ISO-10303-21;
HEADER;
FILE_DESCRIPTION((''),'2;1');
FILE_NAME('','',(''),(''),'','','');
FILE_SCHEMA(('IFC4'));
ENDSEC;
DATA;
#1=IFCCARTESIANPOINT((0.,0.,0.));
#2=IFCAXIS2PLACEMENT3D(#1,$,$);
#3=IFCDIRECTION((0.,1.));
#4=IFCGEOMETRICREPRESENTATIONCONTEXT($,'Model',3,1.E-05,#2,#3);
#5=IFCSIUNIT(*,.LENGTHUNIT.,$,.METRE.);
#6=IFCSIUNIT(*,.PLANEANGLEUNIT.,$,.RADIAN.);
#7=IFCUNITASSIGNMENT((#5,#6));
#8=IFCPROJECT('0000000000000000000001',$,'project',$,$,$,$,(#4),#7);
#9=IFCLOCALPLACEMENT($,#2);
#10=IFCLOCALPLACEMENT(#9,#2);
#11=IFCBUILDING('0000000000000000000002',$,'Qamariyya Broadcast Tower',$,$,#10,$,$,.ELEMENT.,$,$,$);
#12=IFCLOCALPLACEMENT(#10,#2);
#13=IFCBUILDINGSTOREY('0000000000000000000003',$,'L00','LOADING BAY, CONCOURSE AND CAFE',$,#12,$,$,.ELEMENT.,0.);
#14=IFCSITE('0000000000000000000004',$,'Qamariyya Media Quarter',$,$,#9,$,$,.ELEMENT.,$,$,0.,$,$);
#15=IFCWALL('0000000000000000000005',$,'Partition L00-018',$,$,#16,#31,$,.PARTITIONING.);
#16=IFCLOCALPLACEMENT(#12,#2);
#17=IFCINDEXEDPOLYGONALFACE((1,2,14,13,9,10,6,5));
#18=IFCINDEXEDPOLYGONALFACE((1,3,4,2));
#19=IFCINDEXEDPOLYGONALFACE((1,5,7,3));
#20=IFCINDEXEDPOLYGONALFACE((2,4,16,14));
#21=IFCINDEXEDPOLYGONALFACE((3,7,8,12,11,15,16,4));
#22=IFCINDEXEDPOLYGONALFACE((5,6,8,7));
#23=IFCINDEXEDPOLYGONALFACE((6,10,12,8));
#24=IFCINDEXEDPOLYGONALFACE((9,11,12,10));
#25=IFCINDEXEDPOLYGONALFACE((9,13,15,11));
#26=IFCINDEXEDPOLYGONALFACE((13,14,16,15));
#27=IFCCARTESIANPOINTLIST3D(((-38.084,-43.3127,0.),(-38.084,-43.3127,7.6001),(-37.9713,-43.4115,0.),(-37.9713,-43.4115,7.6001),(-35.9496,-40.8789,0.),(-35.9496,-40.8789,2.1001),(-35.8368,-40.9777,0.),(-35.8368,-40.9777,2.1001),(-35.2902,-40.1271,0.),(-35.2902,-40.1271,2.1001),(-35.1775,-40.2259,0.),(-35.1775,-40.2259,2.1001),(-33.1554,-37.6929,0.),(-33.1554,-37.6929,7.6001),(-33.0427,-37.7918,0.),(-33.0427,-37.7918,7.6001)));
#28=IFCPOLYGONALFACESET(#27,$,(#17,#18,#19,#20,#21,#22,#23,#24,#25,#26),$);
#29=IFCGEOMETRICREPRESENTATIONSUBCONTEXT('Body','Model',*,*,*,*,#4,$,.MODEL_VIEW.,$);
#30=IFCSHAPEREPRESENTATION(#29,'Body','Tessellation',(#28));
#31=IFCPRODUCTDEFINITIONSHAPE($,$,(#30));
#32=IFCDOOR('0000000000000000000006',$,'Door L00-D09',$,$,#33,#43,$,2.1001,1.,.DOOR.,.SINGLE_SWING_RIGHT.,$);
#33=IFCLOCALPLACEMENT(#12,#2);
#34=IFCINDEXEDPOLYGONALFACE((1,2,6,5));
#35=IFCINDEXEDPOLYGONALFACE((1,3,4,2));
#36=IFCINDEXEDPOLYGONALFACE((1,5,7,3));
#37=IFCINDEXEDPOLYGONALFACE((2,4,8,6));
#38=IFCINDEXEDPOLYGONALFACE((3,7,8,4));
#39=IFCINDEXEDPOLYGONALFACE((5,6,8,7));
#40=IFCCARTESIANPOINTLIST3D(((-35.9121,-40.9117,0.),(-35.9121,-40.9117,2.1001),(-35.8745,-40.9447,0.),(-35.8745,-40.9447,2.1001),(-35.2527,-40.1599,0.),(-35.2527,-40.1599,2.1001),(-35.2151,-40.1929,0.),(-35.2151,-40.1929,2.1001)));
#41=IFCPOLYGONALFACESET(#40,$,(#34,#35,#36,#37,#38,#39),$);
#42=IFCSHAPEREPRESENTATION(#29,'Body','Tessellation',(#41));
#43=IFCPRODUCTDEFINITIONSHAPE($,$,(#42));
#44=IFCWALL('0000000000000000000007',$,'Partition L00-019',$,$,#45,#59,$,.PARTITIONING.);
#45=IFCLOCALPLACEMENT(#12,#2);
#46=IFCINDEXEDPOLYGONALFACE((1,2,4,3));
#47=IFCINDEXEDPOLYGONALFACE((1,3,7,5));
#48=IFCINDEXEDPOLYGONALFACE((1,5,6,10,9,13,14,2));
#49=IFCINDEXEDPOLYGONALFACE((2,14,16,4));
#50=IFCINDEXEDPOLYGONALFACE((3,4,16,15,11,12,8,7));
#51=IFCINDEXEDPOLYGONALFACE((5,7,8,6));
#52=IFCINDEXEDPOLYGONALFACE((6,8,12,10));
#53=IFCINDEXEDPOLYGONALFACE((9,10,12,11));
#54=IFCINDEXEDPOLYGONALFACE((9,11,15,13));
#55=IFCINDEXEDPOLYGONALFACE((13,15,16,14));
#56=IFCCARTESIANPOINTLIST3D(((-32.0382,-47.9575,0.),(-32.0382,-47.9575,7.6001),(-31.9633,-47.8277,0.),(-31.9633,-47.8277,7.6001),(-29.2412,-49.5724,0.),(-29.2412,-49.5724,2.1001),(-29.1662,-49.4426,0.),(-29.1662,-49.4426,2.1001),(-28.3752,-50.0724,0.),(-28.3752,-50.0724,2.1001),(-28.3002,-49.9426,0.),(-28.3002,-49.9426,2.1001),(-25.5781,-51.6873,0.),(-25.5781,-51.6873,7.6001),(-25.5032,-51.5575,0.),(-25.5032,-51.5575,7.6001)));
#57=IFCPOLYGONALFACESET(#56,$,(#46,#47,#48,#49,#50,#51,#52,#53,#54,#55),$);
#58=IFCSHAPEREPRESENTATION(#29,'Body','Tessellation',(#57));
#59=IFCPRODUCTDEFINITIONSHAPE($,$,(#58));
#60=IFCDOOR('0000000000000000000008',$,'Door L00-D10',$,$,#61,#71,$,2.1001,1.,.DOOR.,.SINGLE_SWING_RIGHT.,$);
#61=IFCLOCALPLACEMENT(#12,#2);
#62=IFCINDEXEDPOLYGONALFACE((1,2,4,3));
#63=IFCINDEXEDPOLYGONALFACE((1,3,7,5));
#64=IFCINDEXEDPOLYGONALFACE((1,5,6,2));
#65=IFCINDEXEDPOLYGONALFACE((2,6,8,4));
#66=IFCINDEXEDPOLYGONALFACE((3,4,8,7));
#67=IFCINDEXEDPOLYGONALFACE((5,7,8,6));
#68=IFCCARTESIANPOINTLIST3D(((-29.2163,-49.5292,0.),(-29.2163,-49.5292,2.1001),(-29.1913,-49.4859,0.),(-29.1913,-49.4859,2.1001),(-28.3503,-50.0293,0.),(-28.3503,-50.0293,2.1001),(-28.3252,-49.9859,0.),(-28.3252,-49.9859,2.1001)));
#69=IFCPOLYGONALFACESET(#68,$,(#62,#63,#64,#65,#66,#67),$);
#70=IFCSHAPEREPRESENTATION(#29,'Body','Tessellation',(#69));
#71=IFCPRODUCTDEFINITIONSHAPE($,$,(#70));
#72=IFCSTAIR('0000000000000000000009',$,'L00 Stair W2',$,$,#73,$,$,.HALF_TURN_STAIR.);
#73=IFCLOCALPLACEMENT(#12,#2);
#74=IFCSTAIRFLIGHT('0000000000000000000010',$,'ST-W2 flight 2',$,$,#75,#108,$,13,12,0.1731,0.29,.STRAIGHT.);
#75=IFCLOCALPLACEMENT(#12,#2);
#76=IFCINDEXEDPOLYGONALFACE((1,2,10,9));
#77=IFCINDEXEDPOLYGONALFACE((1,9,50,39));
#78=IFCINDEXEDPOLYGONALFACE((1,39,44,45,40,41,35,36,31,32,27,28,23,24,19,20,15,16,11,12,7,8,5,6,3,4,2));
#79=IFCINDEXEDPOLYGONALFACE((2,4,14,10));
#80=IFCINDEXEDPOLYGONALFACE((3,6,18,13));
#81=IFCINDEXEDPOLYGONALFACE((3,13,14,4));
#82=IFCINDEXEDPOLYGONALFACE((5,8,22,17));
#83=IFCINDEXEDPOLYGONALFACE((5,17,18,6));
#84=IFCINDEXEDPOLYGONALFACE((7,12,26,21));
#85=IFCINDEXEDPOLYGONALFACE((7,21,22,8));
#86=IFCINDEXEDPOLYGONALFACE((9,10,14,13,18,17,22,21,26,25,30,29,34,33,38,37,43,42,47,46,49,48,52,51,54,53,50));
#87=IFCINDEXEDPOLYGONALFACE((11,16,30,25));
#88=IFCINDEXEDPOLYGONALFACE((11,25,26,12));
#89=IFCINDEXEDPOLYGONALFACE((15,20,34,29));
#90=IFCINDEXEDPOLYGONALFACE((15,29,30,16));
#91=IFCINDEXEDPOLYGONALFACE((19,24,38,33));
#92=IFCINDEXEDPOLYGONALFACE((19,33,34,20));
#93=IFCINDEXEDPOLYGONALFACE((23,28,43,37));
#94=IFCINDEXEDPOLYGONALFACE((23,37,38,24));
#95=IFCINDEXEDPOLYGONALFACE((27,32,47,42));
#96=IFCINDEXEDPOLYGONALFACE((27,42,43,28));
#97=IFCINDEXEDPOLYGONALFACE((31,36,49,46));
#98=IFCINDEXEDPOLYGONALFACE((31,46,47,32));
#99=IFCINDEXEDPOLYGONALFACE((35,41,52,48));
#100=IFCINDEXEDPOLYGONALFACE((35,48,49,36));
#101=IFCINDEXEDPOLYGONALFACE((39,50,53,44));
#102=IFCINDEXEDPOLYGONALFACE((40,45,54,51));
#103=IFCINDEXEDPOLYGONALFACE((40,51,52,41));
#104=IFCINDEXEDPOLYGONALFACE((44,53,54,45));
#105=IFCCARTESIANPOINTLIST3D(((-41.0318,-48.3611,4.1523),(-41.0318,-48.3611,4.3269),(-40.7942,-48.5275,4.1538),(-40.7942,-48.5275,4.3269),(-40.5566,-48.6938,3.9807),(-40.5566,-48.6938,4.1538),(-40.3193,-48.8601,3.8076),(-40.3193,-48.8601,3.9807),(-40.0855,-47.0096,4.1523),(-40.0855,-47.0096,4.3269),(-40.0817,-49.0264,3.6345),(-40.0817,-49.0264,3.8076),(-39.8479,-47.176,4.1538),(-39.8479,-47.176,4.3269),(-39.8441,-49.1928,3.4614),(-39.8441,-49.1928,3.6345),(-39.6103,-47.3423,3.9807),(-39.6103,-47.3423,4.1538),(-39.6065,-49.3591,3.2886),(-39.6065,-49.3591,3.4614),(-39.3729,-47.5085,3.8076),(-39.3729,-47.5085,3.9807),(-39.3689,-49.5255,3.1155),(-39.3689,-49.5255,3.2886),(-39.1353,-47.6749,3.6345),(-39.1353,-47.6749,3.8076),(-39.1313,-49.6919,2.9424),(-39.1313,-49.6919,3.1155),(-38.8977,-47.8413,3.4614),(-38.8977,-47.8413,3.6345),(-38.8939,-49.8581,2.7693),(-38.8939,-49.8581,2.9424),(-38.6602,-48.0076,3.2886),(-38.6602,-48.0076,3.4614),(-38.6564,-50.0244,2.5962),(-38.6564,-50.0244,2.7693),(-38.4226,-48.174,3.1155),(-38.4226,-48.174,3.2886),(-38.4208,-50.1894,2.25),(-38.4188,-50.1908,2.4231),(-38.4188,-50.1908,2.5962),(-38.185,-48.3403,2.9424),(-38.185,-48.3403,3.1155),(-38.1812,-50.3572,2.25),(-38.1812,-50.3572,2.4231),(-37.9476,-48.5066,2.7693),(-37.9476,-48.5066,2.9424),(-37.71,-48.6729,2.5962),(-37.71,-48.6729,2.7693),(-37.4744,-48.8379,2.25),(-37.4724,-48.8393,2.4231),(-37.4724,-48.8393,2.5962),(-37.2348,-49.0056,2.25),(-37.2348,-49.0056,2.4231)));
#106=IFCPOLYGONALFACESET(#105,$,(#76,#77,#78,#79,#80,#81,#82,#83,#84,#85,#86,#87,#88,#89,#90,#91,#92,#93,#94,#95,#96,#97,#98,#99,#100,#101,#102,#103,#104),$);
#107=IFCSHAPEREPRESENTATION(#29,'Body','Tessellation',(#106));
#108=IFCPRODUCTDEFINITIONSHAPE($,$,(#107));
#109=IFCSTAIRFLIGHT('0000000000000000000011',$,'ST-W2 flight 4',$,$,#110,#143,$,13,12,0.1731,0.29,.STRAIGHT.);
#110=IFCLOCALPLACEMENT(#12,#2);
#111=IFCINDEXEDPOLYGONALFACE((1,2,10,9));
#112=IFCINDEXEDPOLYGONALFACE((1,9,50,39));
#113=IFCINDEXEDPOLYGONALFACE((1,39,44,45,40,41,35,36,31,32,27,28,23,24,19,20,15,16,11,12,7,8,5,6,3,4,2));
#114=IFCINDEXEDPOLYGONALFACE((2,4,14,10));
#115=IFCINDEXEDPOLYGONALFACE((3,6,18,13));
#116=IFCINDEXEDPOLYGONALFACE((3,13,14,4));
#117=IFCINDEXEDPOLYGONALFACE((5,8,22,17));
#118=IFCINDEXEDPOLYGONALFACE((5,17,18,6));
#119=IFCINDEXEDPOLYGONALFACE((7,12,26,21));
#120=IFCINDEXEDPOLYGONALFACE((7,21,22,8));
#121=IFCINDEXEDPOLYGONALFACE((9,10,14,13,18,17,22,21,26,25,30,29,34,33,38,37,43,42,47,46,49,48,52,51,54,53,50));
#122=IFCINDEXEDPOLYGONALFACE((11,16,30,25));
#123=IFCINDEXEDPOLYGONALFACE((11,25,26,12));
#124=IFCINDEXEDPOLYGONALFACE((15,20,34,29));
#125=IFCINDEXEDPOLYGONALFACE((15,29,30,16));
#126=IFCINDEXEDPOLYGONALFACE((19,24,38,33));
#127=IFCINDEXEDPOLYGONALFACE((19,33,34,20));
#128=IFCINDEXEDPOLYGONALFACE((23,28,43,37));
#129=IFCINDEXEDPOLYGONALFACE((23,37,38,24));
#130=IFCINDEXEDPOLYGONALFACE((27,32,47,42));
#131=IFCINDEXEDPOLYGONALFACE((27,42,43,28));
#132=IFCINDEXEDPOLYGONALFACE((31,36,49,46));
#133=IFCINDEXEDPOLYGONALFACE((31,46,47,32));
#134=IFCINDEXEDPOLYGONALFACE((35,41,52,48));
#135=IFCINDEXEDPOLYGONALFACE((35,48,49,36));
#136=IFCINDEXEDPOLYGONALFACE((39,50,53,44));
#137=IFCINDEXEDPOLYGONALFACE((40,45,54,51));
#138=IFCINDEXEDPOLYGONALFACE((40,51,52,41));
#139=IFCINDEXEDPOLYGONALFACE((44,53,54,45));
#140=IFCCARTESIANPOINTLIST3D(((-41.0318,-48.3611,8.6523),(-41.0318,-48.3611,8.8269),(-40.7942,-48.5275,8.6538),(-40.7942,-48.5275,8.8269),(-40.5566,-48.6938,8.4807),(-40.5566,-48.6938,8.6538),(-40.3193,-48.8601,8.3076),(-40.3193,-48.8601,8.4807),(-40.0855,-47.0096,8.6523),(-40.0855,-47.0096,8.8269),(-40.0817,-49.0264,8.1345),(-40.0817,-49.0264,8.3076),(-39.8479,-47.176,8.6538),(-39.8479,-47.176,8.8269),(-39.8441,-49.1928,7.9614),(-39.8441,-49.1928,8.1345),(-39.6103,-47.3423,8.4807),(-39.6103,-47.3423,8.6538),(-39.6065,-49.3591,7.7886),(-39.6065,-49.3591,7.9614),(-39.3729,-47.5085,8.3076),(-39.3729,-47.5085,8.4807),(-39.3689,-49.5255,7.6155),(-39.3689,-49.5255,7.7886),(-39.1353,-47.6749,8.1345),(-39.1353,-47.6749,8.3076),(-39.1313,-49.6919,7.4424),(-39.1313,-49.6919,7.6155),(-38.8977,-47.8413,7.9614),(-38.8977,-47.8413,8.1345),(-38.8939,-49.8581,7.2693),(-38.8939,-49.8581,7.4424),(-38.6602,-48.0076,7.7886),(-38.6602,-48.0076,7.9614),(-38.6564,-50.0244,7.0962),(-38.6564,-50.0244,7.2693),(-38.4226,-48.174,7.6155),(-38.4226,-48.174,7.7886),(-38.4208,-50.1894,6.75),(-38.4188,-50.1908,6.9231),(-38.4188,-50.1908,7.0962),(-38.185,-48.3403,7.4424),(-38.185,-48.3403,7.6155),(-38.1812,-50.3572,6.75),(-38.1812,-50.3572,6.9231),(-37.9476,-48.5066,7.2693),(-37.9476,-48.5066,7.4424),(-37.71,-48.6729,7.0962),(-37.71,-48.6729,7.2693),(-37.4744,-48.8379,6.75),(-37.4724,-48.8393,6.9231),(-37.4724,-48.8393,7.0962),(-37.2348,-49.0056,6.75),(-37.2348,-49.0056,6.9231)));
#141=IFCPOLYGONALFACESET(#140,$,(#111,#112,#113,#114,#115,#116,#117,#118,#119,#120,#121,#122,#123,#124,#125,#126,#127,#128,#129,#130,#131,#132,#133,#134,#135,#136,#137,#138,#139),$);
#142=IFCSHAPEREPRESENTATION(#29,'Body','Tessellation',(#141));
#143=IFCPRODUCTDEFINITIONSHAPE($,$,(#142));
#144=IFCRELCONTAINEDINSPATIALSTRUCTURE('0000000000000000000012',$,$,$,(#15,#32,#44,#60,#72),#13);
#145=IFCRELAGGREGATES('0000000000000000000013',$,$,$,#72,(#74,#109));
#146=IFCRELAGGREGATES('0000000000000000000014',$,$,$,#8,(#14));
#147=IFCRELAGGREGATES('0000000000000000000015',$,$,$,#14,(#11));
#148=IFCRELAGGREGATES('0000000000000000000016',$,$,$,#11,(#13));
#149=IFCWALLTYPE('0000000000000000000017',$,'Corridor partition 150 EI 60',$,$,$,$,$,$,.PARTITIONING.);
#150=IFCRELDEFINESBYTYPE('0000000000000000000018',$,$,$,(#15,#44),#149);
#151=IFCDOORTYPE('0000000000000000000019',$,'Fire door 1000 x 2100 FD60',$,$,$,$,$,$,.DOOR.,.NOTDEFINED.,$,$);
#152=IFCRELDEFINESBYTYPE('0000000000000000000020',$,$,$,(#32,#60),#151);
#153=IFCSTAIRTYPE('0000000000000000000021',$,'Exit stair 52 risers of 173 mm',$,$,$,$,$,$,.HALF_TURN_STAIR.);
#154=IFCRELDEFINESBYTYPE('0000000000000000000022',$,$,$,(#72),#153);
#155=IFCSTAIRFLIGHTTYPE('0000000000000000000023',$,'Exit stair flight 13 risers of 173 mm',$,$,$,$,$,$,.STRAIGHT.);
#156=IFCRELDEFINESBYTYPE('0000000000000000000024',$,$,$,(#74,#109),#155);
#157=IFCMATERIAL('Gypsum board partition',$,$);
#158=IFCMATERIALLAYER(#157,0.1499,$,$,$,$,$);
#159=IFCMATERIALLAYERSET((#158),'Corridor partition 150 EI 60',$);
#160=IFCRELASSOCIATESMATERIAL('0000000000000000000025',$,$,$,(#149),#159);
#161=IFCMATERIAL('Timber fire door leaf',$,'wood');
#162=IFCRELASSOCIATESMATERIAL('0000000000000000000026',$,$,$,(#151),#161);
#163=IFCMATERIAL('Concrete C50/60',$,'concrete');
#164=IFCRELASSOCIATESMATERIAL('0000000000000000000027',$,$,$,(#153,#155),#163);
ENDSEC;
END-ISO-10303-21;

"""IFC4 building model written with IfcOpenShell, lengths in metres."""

from ifc_helpers import new_model, si_unit, direction, frame, frame_2d, origin, place, context, subcontext, project, spatial, polyline, rectangle, outline, extrude, material, layer, layer_set, type_object, element, fill, aggregate, save


model = new_model("IFC4")

# Units and contexts
model_context = context("Model", 3, precision=1e-05, world=origin(), true_north=direction((0.0, 1.0)))
body_context = subcontext(model_context, "Body", "Model", "MODEL_VIEW")
ifc_project = project(units=[si_unit("LENGTHUNIT", "METRE"), si_unit("PLANEANGLEUNIT", "RADIAN")], contexts=[model_context])

# Site, building, storey
site_placement = place(None, origin())
site = spatial("IfcSite", under=ifc_project, at=site_placement, Name="Qamariyya Media Quarter", CompositionType="ELEMENT", RefElevation=0.0)
building_placement = place(site_placement, origin())
building = spatial("IfcBuilding", under=site, at=building_placement, Name="Qamariyya Broadcast Tower", CompositionType="ELEMENT")
storey_placement = place(building_placement, origin())
storey = spatial("IfcBuildingStorey", under=building, at=storey_placement, Name="L00", Description="LOADING BAY, CONCOURSE AND CAFE", CompositionType="ELEMENT", Elevation=0.0)

# Shared definitions
ifc_material_1 = material(Name="Gypsum board partition")
ifc_layer = layer(ifc_material_1, 0.1499)
ifc_layer_set = layer_set([ifc_layer], Name="Corridor partition 150 EI 60")
wall_type = type_object("IfcWallType", Name="Corridor partition 150 EI 60", PredefinedType="PARTITIONING", material=ifc_layer_set)

# Walls, openings, doors
wall_1_placement = place(storey_placement, frame((-33.0991, -37.7424, 0.0), z_axis=(0.0, 0.0, 1.0), x_axis=(-0.659362, -0.751826, 0.0)))
wall_1 = element("IfcWall", 1, at=wall_1_placement, inside=storey, type_object=wall_type, Name="Partition L00-018", PredefinedType="PARTITIONING", context=body_context, shape_type="SweptSolid", body=[
    extrude(rectangle(XDim=7.4749, YDim=0.1499, at=frame_2d((3.7373, 0.0))), origin(), (0.0, 0.0, 1.0), 7.6001),
])
opening_1_placement = place(wall_1_placement, frame((3.2375, 0.0, 0.0)))
opening_1 = element("IfcOpeningElement", 2, at=opening_1_placement, cuts=wall_1, PredefinedType="OPENING", context=body_context, shape_type="SweptSolid", body=[
    extrude(rectangle(XDim=1.0, YDim=2.1001, at=frame_2d((0.5, 1.05))), frame((0.0, 0.085, 0.0), z_axis=(0.0, -1.0, 0.0), x_axis=(1.0, 0.0, 0.0)), (0.0, 0.0, 1.0), 0.1699),
])
ifc_material_2 = material(Name="Timber fire door leaf", Category="wood")
door_type = type_object("IfcDoorType", Name="Fire door 1000 x 2100 FD60", OperationType="NOTDEFINED", PredefinedType="DOOR", material=ifc_material_2)
door_1_placement = place(opening_1_placement, origin())
door_1 = element("IfcDoor", 3, at=door_1_placement, inside=storey, type_object=door_type, Name="Door L00-D09", OperationType="SINGLE_SWING_RIGHT", OverallHeight=2.1001, OverallWidth=1.0, PredefinedType="DOOR", context=body_context, shape_type="SweptSolid", body=[
    extrude(rectangle(XDim=1.0, YDim=2.1001, at=frame_2d((0.5, 1.05))), frame((0.0, 0.0249, 0.0), z_axis=(0.0, -1.0, 0.0), x_axis=(1.0, 0.0, 0.0)), (0.0, 0.0, 1.0), 0.05),
])
fill(opening_1, door_1)
wall_2_placement = place(storey_placement, frame((-32.0007, -47.8926, 0.0), z_axis=(0.0, 0.0, 1.0), x_axis=(0.866021, -0.500008, 0.0)))
wall_2 = element("IfcWall", 4, at=wall_2_placement, inside=storey, type_object=wall_type, Name="Partition L00-019", PredefinedType="PARTITIONING", context=body_context, shape_type="SweptSolid", body=[
    extrude(rectangle(XDim=7.4595, YDim=0.1499, at=frame_2d((3.7297, 0.0))), origin(), (0.0, 0.0, 1.0), 7.6001),
])
opening_2_placement = place(wall_2_placement, frame((3.2297, 0.0, 0.0)))
opening_2 = element("IfcOpeningElement", 5, at=opening_2_placement, cuts=wall_2, PredefinedType="OPENING", context=body_context, shape_type="SweptSolid", body=[
    extrude(rectangle(XDim=1.0, YDim=2.1001, at=frame_2d((0.5, 1.05))), frame((0.0, 0.085, 0.0), z_axis=(0.0, -1.0, 0.0), x_axis=(1.0, 0.0, 0.0)), (0.0, 0.0, 1.0), 0.1699),
])
door_2_placement = place(opening_2_placement, origin())
door_2 = element("IfcDoor", 6, at=door_2_placement, inside=storey, type_object=door_type, Name="Door L00-D10", OperationType="SINGLE_SWING_RIGHT", OverallHeight=2.1001, OverallWidth=1.0, PredefinedType="DOOR", context=body_context, shape_type="SweptSolid", body=[
    extrude(rectangle(XDim=1.0, YDim=2.1001, at=frame_2d((0.5, 1.05))), frame((0.0, 0.0249, 0.0), z_axis=(0.0, -1.0, 0.0), x_axis=(1.0, 0.0, 0.0)), (0.0, 0.0, 1.0), 0.05),
])
fill(opening_2, door_2)

# Stair, stair flights
ifc_material_3 = material(Name="Concrete C50/60", Category="concrete")
stair_type = type_object("IfcStairType", Name="Exit stair 52 risers of 173 mm", PredefinedType="HALF_TURN_STAIR", material=ifc_material_3)
stair_placement = place(storey_placement, origin())
stair = element("IfcStair", 7, at=stair_placement, inside=storey, type_object=stair_type, Name="L00 Stair W2", PredefinedType="HALF_TURN_STAIR")
stair_flight_type = type_object("IfcStairFlightType", Name="Exit stair flight 13 risers of 173 mm", PredefinedType="STRAIGHT", material=ifc_material_3)
stair_flight_1_placement = place(storey_placement, frame((-37.708, -49.6814, 2.25), z_axis=(0.0, 0.0, 1.0), x_axis=(-0.819152, 0.573576, 0.0)))
stair_flight_1 = element("IfcStairFlight", 8, at=stair_flight_1_placement, type_object=stair_flight_type, Name="ST-W2 flight 2", NumberOfRisers=13, NumberOfTreads=12, PredefinedType="STRAIGHT", RiserHeight=0.1731, TreadLength=0.29, context=body_context, shape_type="SweptSolid", body=[
    extrude(outline(polyline([(0.0, 0.0), (0.0, 0.1731), (0.29, 0.1731), (0.29, 0.3462), (0.5801, 0.3462), (0.5801, 0.5193), (0.8701, 0.5193), (0.8701, 0.6924), (1.1599, 0.6924), (1.1599, 0.8655), (1.45, 0.8655), (1.45, 1.0386), (1.74, 1.0386), (1.74, 1.2114), (2.03, 1.2114), (2.03, 1.3845), (2.3201, 1.3845), (2.3201, 1.5576), (2.6101, 1.5576), (2.6101, 1.7307), (2.8999, 1.7307), (2.8999, 1.9038), (3.1899, 1.9038), (3.1899, 2.0769), (3.48, 2.0769), (3.48, 2.25), (3.48, 1.9023), (0.2925, 0.0), (0.0, 0.0)])), frame((0.0, 0.825, 0.0), z_axis=(0.0, -1.0, 0.0), x_axis=(1.0, 0.0, 0.0)), (0.0, 0.0, 1.0), 1.6499),
])
stair_flight_2_placement = place(storey_placement, frame((-37.708, -49.6814, 6.75), z_axis=(0.0, 0.0, 1.0), x_axis=(-0.819152, 0.573576, 0.0)))
stair_flight_2 = element("IfcStairFlight", 9, at=stair_flight_2_placement, type_object=stair_flight_type, Name="ST-W2 flight 4", NumberOfRisers=13, NumberOfTreads=12, PredefinedType="STRAIGHT", RiserHeight=0.1731, TreadLength=0.29, context=body_context, shape_type="SweptSolid", body=[
    extrude(outline(polyline([(0.0, 0.0), (0.0, 0.1731), (0.29, 0.1731), (0.29, 0.3462), (0.5801, 0.3462), (0.5801, 0.5193), (0.8701, 0.5193), (0.8701, 0.6924), (1.1599, 0.6924), (1.1599, 0.8655), (1.45, 0.8655), (1.45, 1.0386), (1.74, 1.0386), (1.74, 1.2114), (2.03, 1.2114), (2.03, 1.3845), (2.3201, 1.3845), (2.3201, 1.5576), (2.6101, 1.5576), (2.6101, 1.7307), (2.8999, 1.7307), (2.8999, 1.9038), (3.1899, 1.9038), (3.1899, 2.0769), (3.48, 2.0769), (3.48, 2.25), (3.48, 1.9023), (0.2925, 0.0), (0.0, 0.0)])), frame((0.0, 0.825, 0.0), z_axis=(0.0, -1.0, 0.0), x_axis=(1.0, 0.0, 0.0)), (0.0, 0.0, 1.0), 1.6499),
])
aggregate(stair, [stair_flight_1, stair_flight_2])

save(model, "model.ifc")
